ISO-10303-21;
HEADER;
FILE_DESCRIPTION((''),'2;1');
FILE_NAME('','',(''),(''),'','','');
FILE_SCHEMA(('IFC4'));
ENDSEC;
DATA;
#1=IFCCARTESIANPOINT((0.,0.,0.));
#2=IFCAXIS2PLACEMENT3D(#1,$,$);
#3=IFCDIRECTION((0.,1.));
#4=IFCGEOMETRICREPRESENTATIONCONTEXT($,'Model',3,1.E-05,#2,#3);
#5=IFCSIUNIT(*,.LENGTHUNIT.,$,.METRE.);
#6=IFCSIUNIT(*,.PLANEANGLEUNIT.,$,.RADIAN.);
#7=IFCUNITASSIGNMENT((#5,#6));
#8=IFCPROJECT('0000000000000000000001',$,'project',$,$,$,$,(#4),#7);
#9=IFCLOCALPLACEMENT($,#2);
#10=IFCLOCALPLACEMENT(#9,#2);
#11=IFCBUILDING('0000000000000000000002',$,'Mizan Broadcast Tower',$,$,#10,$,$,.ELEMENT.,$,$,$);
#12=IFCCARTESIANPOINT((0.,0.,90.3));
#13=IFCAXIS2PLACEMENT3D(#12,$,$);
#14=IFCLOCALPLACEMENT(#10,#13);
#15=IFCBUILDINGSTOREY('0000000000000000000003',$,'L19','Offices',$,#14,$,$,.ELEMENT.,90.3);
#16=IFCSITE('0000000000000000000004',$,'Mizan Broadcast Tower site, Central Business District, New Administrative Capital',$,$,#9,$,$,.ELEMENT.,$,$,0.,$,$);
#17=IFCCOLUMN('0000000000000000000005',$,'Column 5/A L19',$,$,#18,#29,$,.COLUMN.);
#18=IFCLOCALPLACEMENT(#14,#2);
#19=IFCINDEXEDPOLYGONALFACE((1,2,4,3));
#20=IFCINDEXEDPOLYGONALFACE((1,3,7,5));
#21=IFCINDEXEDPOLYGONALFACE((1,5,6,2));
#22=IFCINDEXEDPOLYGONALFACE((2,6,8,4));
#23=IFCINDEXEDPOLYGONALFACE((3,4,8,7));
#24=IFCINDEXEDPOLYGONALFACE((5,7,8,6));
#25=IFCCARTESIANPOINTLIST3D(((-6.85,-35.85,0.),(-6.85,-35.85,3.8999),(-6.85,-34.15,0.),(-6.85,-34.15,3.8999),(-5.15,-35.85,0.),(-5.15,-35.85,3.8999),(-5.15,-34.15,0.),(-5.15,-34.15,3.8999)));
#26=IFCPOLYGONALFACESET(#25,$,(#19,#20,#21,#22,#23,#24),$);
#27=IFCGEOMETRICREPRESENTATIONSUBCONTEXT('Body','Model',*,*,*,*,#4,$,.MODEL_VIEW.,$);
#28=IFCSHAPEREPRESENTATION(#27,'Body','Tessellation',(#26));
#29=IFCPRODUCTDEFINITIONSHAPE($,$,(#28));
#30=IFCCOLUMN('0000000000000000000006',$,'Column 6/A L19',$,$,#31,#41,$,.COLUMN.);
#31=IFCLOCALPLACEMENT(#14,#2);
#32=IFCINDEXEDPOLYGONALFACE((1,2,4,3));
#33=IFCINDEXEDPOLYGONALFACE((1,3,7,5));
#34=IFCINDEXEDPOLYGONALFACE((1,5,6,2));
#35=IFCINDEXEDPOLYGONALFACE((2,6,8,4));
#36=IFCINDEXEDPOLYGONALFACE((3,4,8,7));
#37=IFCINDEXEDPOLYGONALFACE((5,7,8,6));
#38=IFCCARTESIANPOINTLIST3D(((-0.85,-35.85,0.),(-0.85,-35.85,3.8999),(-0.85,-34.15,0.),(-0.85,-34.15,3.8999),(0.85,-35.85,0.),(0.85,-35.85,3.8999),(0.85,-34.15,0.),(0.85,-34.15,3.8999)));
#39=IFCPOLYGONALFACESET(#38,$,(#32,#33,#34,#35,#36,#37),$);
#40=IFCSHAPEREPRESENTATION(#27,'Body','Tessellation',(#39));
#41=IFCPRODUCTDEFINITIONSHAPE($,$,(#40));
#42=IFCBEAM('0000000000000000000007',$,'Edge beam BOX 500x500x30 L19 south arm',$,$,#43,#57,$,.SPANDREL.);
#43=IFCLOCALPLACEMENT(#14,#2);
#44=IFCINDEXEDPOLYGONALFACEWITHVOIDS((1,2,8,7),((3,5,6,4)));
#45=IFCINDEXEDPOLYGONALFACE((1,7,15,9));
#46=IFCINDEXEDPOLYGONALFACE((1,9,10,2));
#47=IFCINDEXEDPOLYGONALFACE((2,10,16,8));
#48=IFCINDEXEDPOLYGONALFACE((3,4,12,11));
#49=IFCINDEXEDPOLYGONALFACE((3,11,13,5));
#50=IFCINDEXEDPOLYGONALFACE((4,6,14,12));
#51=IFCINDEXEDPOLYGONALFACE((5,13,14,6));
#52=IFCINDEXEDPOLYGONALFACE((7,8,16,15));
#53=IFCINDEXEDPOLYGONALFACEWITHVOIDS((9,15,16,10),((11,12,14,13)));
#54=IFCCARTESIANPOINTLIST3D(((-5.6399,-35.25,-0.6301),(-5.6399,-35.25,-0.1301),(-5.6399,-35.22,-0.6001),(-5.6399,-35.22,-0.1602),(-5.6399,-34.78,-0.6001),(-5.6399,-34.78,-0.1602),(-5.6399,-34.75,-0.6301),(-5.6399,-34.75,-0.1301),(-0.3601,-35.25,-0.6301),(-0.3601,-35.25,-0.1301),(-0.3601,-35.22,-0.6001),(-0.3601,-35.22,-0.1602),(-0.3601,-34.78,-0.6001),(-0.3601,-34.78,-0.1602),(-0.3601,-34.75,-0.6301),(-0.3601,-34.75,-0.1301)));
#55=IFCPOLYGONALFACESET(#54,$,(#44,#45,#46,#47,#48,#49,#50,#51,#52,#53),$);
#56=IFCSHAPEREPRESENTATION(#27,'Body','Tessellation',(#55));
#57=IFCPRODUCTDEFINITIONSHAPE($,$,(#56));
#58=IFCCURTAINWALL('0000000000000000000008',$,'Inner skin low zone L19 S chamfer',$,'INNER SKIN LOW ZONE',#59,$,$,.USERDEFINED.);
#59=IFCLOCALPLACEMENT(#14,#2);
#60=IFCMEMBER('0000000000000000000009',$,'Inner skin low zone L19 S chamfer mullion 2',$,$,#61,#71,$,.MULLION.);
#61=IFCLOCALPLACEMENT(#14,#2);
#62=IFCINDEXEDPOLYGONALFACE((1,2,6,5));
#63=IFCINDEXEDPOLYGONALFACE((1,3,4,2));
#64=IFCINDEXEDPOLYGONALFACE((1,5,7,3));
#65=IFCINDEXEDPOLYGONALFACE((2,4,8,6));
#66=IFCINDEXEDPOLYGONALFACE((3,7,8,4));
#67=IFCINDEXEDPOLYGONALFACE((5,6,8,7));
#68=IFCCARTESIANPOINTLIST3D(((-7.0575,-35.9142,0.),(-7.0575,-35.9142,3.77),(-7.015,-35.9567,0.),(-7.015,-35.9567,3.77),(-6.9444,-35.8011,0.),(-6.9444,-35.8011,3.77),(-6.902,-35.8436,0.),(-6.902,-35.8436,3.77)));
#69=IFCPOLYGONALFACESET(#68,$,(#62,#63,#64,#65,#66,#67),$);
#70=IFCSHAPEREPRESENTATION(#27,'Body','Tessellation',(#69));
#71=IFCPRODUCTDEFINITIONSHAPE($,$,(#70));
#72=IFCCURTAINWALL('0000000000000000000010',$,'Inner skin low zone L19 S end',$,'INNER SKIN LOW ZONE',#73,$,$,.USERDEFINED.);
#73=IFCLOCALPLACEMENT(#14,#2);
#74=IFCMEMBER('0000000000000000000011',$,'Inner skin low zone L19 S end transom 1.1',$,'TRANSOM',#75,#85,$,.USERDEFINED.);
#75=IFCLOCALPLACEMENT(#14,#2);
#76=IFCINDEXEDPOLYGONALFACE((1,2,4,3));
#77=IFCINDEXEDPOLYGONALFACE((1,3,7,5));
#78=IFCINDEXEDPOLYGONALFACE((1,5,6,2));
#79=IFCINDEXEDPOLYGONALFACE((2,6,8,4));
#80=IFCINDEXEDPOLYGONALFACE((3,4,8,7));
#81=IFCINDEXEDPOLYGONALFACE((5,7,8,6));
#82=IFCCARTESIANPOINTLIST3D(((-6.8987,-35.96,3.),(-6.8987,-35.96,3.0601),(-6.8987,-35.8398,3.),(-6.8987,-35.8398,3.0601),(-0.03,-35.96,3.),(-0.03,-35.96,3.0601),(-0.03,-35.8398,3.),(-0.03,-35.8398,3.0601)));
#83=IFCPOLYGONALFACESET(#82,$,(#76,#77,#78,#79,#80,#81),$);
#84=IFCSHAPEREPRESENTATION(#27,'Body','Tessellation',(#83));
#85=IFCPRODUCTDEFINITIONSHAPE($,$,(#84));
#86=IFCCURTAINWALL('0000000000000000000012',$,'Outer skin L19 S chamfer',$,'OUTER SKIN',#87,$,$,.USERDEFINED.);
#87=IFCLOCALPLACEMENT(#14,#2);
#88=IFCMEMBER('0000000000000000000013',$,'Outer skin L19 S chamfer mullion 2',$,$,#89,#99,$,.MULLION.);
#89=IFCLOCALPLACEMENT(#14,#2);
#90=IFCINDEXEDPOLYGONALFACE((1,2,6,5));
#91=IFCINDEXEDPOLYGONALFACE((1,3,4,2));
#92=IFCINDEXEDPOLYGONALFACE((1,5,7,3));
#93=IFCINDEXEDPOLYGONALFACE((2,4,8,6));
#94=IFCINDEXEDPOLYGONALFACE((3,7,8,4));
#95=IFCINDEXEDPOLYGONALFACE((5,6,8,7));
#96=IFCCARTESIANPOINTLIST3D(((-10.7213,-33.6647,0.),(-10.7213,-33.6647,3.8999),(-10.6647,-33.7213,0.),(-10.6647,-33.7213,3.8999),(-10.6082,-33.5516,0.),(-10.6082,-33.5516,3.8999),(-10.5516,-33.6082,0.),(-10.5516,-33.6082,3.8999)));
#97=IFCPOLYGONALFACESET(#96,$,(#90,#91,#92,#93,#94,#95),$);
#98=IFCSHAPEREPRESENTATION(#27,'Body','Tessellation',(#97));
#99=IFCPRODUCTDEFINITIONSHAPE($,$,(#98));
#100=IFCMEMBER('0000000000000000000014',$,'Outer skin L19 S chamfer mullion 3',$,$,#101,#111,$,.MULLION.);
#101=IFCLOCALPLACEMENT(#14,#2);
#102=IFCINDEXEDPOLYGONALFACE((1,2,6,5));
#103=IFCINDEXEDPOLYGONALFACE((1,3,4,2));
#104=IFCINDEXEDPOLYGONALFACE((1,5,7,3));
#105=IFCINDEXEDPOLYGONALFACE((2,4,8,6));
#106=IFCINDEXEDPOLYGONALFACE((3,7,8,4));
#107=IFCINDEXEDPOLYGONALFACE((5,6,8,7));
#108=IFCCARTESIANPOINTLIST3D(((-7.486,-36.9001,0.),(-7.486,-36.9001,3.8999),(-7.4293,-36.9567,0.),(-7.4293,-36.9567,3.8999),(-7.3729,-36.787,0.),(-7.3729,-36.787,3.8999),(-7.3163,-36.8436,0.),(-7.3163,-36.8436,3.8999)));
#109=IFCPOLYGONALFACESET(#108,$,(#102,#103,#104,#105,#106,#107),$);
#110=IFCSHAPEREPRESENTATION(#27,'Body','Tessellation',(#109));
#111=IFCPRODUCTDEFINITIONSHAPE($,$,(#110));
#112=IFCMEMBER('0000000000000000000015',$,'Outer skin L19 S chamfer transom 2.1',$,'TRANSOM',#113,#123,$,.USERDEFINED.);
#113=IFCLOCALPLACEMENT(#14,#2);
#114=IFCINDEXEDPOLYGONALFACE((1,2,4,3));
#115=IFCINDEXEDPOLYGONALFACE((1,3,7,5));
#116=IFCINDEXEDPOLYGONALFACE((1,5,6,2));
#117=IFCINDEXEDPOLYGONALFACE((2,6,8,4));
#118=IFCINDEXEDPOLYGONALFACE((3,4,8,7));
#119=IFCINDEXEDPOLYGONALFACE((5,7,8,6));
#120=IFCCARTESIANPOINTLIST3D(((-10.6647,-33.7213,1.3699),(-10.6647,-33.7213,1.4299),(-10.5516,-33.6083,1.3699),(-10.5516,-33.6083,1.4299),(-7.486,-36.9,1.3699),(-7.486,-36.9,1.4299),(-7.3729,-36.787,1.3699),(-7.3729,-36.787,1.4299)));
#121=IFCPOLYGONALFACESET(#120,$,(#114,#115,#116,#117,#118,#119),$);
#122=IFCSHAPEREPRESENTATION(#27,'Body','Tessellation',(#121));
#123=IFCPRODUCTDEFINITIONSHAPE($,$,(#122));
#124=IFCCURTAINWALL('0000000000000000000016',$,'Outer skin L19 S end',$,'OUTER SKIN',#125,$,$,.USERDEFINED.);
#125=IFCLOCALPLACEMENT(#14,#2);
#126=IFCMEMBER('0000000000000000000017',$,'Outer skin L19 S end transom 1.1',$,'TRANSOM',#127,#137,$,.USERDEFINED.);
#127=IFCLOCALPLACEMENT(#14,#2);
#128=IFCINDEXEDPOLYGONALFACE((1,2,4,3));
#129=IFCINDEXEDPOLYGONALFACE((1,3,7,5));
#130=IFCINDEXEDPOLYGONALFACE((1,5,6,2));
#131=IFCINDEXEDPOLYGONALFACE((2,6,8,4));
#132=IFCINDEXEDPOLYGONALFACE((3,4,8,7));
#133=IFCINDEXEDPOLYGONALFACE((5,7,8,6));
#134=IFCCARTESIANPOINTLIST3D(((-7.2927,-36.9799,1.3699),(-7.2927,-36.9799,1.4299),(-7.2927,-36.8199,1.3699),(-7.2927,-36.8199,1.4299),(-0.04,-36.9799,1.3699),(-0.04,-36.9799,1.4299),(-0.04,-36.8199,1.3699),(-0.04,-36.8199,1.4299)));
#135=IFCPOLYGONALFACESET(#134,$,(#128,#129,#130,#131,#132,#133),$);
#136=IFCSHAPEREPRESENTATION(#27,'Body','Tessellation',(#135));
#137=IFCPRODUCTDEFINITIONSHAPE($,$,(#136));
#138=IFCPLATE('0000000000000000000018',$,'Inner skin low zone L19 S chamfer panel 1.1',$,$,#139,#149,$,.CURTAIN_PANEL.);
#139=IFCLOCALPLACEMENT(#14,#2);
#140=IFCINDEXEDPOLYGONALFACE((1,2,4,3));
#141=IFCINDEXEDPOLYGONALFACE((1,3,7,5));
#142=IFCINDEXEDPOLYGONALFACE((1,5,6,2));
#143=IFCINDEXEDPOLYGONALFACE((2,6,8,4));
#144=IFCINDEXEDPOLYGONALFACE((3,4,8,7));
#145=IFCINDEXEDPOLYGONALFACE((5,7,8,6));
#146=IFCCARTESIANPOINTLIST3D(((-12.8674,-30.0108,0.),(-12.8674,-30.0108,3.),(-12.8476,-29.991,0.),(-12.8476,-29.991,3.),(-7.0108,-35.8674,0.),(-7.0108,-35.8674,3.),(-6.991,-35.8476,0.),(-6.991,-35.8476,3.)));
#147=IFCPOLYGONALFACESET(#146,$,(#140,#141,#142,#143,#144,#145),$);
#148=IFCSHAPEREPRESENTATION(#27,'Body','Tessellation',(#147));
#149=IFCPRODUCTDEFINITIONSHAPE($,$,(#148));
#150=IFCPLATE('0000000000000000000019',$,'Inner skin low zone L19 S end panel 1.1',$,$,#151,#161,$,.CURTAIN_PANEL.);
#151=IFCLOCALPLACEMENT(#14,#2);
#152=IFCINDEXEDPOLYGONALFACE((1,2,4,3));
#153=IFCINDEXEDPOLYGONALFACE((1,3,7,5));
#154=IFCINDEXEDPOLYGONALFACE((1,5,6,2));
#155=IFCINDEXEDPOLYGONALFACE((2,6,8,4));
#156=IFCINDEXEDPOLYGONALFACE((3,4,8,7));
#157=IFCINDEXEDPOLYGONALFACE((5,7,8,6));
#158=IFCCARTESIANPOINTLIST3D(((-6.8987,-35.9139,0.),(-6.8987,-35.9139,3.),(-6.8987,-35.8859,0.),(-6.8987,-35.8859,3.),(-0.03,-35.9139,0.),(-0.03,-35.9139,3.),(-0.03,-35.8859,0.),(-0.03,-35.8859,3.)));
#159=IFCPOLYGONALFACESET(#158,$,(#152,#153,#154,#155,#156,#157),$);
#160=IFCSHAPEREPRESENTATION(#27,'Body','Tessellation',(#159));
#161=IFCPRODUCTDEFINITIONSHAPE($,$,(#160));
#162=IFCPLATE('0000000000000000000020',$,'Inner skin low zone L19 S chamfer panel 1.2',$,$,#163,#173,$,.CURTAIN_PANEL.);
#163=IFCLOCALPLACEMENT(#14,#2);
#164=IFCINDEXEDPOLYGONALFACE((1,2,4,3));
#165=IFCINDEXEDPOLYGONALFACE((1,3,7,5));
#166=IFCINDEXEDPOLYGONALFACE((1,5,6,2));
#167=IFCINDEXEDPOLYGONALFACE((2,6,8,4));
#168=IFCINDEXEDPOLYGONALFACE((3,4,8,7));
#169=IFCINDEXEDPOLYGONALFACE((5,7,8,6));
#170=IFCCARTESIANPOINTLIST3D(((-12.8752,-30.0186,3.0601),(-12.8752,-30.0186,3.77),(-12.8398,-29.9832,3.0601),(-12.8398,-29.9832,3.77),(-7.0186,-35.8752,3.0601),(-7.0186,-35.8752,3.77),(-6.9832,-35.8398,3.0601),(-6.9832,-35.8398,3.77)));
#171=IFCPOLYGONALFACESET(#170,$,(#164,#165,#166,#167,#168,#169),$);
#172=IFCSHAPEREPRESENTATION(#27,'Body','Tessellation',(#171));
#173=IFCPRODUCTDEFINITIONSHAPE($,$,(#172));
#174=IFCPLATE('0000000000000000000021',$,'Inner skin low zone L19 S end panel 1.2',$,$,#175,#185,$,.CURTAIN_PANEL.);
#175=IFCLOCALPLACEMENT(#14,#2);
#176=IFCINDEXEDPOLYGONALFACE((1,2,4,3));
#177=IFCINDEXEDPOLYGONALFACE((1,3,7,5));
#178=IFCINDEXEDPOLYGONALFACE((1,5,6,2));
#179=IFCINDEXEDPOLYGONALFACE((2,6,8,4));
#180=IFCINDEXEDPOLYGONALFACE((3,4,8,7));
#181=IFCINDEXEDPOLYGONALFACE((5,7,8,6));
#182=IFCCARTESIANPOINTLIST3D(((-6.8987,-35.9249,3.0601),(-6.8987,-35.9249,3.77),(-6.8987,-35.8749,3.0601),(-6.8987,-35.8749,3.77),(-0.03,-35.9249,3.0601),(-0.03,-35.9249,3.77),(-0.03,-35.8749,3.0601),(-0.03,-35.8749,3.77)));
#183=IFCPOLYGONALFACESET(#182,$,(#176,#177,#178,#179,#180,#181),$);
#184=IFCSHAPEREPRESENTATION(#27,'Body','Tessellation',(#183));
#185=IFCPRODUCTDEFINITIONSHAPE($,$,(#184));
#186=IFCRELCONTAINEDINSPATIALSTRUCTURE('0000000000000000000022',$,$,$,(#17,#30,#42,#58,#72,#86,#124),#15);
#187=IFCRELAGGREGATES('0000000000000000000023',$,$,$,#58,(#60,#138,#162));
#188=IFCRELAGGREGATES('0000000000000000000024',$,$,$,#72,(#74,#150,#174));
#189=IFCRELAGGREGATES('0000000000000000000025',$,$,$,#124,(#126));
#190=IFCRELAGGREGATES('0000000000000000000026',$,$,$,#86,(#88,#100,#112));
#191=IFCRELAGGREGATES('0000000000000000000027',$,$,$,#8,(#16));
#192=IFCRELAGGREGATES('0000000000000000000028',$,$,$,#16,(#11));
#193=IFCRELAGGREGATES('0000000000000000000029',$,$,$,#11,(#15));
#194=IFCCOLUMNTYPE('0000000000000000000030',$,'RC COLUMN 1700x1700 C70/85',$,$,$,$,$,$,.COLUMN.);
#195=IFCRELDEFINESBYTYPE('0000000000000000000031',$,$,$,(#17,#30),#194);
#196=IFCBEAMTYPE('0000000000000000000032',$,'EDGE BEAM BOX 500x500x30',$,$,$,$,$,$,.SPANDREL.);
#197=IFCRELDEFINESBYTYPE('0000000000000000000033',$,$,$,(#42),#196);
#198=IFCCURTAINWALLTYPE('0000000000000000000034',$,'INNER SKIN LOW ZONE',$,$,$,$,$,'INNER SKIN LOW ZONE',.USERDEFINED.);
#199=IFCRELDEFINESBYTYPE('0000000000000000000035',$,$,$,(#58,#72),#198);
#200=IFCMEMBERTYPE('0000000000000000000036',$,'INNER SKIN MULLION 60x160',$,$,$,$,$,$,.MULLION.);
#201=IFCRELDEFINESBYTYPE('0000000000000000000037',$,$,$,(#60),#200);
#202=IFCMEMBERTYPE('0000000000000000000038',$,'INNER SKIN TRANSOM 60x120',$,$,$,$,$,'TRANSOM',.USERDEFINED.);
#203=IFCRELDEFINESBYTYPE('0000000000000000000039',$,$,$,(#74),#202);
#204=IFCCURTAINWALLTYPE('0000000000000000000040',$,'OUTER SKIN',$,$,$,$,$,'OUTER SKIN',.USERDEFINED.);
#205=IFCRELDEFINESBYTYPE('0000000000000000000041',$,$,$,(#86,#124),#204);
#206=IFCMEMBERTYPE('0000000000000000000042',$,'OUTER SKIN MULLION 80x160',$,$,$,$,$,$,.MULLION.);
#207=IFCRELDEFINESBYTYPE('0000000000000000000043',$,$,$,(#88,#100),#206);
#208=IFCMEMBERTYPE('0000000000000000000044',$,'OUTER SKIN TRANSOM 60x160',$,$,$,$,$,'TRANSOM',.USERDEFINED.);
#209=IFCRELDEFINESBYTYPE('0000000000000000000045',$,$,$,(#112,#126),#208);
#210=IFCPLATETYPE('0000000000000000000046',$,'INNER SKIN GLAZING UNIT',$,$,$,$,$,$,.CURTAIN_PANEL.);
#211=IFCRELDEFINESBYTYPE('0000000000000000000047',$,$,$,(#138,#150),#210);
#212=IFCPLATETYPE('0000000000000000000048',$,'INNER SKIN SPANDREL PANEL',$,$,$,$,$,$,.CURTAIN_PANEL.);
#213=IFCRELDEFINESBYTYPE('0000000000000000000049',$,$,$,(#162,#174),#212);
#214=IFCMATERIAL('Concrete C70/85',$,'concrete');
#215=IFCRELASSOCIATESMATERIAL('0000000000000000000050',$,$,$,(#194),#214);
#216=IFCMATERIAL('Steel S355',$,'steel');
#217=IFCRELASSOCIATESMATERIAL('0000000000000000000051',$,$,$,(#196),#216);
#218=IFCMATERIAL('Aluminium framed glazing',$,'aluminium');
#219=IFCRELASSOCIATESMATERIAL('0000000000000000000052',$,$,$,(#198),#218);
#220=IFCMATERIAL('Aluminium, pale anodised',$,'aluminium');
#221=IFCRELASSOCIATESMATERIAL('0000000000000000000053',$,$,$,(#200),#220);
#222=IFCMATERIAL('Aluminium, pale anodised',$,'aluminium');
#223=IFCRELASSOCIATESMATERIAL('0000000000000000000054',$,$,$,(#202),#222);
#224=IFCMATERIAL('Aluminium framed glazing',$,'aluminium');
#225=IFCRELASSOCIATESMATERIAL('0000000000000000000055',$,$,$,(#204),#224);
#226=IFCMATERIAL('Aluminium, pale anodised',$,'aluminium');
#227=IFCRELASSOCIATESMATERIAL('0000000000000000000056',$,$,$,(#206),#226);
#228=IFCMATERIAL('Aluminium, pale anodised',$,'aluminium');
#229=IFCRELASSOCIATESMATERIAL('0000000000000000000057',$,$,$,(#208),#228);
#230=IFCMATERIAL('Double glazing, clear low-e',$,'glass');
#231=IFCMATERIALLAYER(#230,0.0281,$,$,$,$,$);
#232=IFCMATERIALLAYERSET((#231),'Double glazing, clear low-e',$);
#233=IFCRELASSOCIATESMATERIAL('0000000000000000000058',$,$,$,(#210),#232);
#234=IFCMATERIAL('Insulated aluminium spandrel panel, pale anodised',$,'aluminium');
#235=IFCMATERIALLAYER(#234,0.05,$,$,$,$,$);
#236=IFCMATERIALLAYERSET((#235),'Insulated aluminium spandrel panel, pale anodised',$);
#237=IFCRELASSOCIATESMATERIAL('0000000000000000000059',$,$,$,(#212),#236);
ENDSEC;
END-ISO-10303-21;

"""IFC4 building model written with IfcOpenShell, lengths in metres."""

from ifc_helpers import new_model, si_unit, direction, frame, origin, origin_2d, place, context, subcontext, project, spatial, rectangle, hollow_rectangle, extrude, material, layer, layer_set, material_profile, profile_set, type_object, element, aggregate, save


model = new_model("IFC4")

# Units and contexts
model_context = context("Model", 3, precision=1e-05, world=origin(), true_north=direction((0.0, 1.0)))
body_context = subcontext(model_context, "Body", "Model", "MODEL_VIEW")
ifc_project = project(units=[si_unit("LENGTHUNIT", "METRE"), si_unit("PLANEANGLEUNIT", "RADIAN")], contexts=[model_context])

# Site, building, storey
site_placement = place(None, origin())
site = spatial("IfcSite", under=ifc_project, at=site_placement, Name="Mizan Broadcast Tower site, Central Business District, New Administrative Capital", CompositionType="ELEMENT", RefElevation=0.0)
building_placement = place(site_placement, origin())
building = spatial("IfcBuilding", under=site, at=building_placement, Name="Mizan Broadcast Tower", CompositionType="ELEMENT")
storey_placement = place(building_placement, frame((0.0, 0.0, 90.3)))
storey = spatial("IfcBuildingStorey", under=building, at=storey_placement, Name="L19", Description="Offices", CompositionType="ELEMENT", Elevation=90.3)

# Columns
ifc_material_1 = material(Name="Concrete C70/85", Category="concrete")
ifc_material_profile_1 = material_profile(ifc_material_1, rectangle(XDim=1.7, YDim=1.7, at=origin_2d()), Name="RC 1700x1700")
ifc_profile_set_1 = profile_set([ifc_material_profile_1], Name="Concrete C70/85")
column_type = type_object("IfcColumnType", Name="RC COLUMN 1700x1700 C70/85", PredefinedType="COLUMN", material=ifc_profile_set_1)
for number, where, z_axis, x_axis, name in (
    (1, (-6.0, -35.0, 0.0), (0.0, 0.0, 1.0), (1.0, 0.0, 0.0), "Column 5/A L19"),
    (2, (0.0, -35.0, 0.0), (0.0, 0.0, 1.0), (1.0, 0.0, 0.0), "Column 6/A L19"),
):
    element("IfcColumn", number, at=place(storey_placement, frame(where, z_axis=z_axis, x_axis=x_axis)), inside=storey, type_object=column_type, Name=name, PredefinedType="COLUMN", context=body_context, shape_type="SweptSolid", body=[
        extrude(rectangle(XDim=1.7, YDim=1.7, at=origin_2d()), origin(), (0.0, 0.0, 1.0), 3.8999),
    ])

# Beam
ifc_material_2 = material(Name="Steel S355", Category="steel")
ifc_material_profile_2 = material_profile(ifc_material_2, hollow_rectangle(XDim=0.5, YDim=0.5, WallThickness=0.03, at=origin_2d()), Name="BOX 500x500x30")
ifc_profile_set_2 = profile_set([ifc_material_profile_2], Name="Steel S355")
beam_type = type_object("IfcBeamType", Name="EDGE BEAM BOX 500x500x30", PredefinedType="SPANDREL", material=ifc_profile_set_2)
beam_placement = place(storey_placement, frame((-5.6399, -35.0, -0.3801), z_axis=(1.0, 0.0, 0.0), x_axis=(0.0, 1.0, 0.0)))
element("IfcBeam", 3, at=beam_placement, inside=storey, type_object=beam_type, Name="Edge beam BOX 500x500x30 L19 south arm", PredefinedType="SPANDREL", context=body_context, shape_type="SweptSolid", body=[
    extrude(hollow_rectangle(XDim=0.5, YDim=0.5, WallThickness=0.03, at=origin_2d()), origin(), (0.0, 0.0, 1.0), 5.2798),
])

# Curtain walls, members
ifc_material_3 = material(Name="Aluminium framed glazing", Category="aluminium")
curtain_wall_type_1 = type_object("IfcCurtainWallType", Name="INNER SKIN LOW ZONE", ElementType="INNER SKIN LOW ZONE", PredefinedType="USERDEFINED", material=ifc_material_3)
curtain_wall_1_placement = place(storey_placement, origin())
curtain_wall_1 = element("IfcCurtainWall", 4, at=curtain_wall_1_placement, inside=storey, type_object=curtain_wall_type_1, Name="Inner skin low zone L19 S chamfer", ObjectType="INNER SKIN LOW ZONE", PredefinedType="USERDEFINED")
ifc_material_4 = material(Name="Aluminium, pale anodised", Category="aluminium")
ifc_material_profile_3 = material_profile(ifc_material_4, rectangle(XDim=0.1599, YDim=0.0601, at=origin_2d()), Name="MULLION 160x60")
ifc_profile_set_3 = profile_set([ifc_material_profile_3], Name="Aluminium, pale anodised")
member_type_1 = type_object("IfcMemberType", Name="INNER SKIN MULLION 60x160", PredefinedType="MULLION", material=ifc_profile_set_3)
member_1_placement = place(storey_placement, frame((-6.9797, -35.8789, 0.0), z_axis=(0.0, 0.0, 1.0), x_axis=(0.707107, 0.707107, 0.0)))
member_1 = element("IfcMember", 5, at=member_1_placement, type_object=member_type_1, Name="Inner skin low zone L19 S chamfer mullion 2", PredefinedType="MULLION", context=body_context, shape_type="SweptSolid", body=[
    extrude(rectangle(XDim=0.1599, YDim=0.0601, at=origin_2d()), origin(), (0.0, 0.0, 1.0), 3.77),
])
curtain_wall_2_placement = place(storey_placement, origin())
curtain_wall_2 = element("IfcCurtainWall", 6, at=curtain_wall_2_placement, inside=storey, type_object=curtain_wall_type_1, Name="Inner skin low zone L19 S end", ObjectType="INNER SKIN LOW ZONE", PredefinedType="USERDEFINED")
ifc_material_5 = material(Name="Aluminium, pale anodised", Category="aluminium")
ifc_material_profile_4 = material_profile(ifc_material_5, rectangle(XDim=0.1201, YDim=0.0601, at=origin_2d()), Name="TRANSOM 120x60")
ifc_profile_set_4 = profile_set([ifc_material_profile_4], Name="Aluminium, pale anodised")
member_type_2 = type_object("IfcMemberType", Name="INNER SKIN TRANSOM 60x120", ElementType="TRANSOM", PredefinedType="USERDEFINED", material=ifc_profile_set_4)
member_2_placement = place(storey_placement, frame((-6.8987, -35.8999, 3.03), z_axis=(1.0, 0.0, 0.0), x_axis=(0.0, 1.0, 0.0)))
member_2 = element("IfcMember", 7, at=member_2_placement, type_object=member_type_2, Name="Inner skin low zone L19 S end transom 1.1", ObjectType="TRANSOM", PredefinedType="USERDEFINED", context=body_context, shape_type="SweptSolid", body=[
    extrude(rectangle(XDim=0.1201, YDim=0.0601, at=origin_2d()), origin(), (0.0, 0.0, 1.0), 6.8687),
])

# Curtain wall, members
ifc_material_6 = material(Name="Aluminium framed glazing", Category="aluminium")
curtain_wall_type_2 = type_object("IfcCurtainWallType", Name="OUTER SKIN", ElementType="OUTER SKIN", PredefinedType="USERDEFINED", material=ifc_material_6)
curtain_wall_3_placement = place(storey_placement, origin())
curtain_wall_3 = element("IfcCurtainWall", 8, at=curtain_wall_3_placement, inside=storey, type_object=curtain_wall_type_2, Name="Outer skin L19 S chamfer", ObjectType="OUTER SKIN", PredefinedType="USERDEFINED")
ifc_material_7 = material(Name="Aluminium, pale anodised", Category="aluminium")
ifc_material_profile_5 = material_profile(ifc_material_7, rectangle(XDim=0.1599, YDim=0.0801, at=origin_2d()), Name="MULLION 160x80")
ifc_profile_set_5 = profile_set([ifc_material_profile_5], Name="Aluminium, pale anodised")
member_type_3 = type_object("IfcMemberType", Name="OUTER SKIN MULLION 80x160", PredefinedType="MULLION", material=ifc_profile_set_5)
member_3_placement = place(storey_placement, frame((-10.6365, -33.6365, 0.0), z_axis=(0.0, 0.0, 1.0), x_axis=(0.707107, 0.707107, 0.0)))
member_3 = element("IfcMember", 9, at=member_3_placement, type_object=member_type_3, Name="Outer skin L19 S chamfer mullion 2", PredefinedType="MULLION", context=body_context, shape_type="SweptSolid", body=[
    extrude(rectangle(XDim=0.1599, YDim=0.0801, at=origin_2d()), origin(), (0.0, 0.0, 1.0), 3.8999),
])
member_4_placement = place(storey_placement, frame((-7.4011, -36.8718, 0.0), z_axis=(0.0, 0.0, 1.0), x_axis=(0.707107, 0.707107, 0.0)))
member_4 = element("IfcMember", 10, at=member_4_placement, type_object=member_type_3, Name="Outer skin L19 S chamfer mullion 3", PredefinedType="MULLION", context=body_context, shape_type="SweptSolid", body=[
    extrude(rectangle(XDim=0.1599, YDim=0.0801, at=origin_2d()), origin(), (0.0, 0.0, 1.0), 3.8999),
])
ifc_material_8 = material(Name="Aluminium, pale anodised", Category="aluminium")
ifc_material_profile_6 = material_profile(ifc_material_8, rectangle(XDim=0.1599, YDim=0.0601, at=origin_2d()), Name="TRANSOM 160x60")
ifc_profile_set_6 = profile_set([ifc_material_profile_6], Name="Aluminium, pale anodised")
member_type_4 = type_object("IfcMemberType", Name="OUTER SKIN TRANSOM 60x160", ElementType="TRANSOM", PredefinedType="USERDEFINED", material=ifc_profile_set_6)
member_5_placement = place(storey_placement, frame((-10.6082, -33.6648, 1.3999), z_axis=(0.707107, -0.707107, 0.0), x_axis=(0.707107, 0.707107, 0.0)))
member_5 = element("IfcMember", 11, at=member_5_placement, type_object=member_type_4, Name="Outer skin L19 S chamfer transom 2.1", ObjectType="TRANSOM", PredefinedType="USERDEFINED", context=body_context, shape_type="SweptSolid", body=[
    extrude(rectangle(XDim=0.1599, YDim=0.0601, at=origin_2d()), origin(), (0.0, 0.0, 1.0), 4.4954),
])

# Curtain wall, member
curtain_wall_4_placement = place(storey_placement, origin())
curtain_wall_4 = element("IfcCurtainWall", 12, at=curtain_wall_4_placement, inside=storey, type_object=curtain_wall_type_2, Name="Outer skin L19 S end", ObjectType="OUTER SKIN", PredefinedType="USERDEFINED")
member_6_placement = place(storey_placement, frame((-7.2927, -36.8999, 1.3999), z_axis=(1.0, 0.0, 0.0), x_axis=(0.0, 1.0, 0.0)))
member_6 = element("IfcMember", 13, at=member_6_placement, type_object=member_type_4, Name="Outer skin L19 S end transom 1.1", ObjectType="TRANSOM", PredefinedType="USERDEFINED", context=body_context, shape_type="SweptSolid", body=[
    extrude(rectangle(XDim=0.1599, YDim=0.0601, at=origin_2d()), origin(), (0.0, 0.0, 1.0), 7.2527),
])

# Plates
ifc_material_9 = material(Name="Double glazing, clear low-e", Category="glass")
ifc_layer_1 = layer(ifc_material_9, 0.0281)
ifc_layer_set_1 = layer_set([ifc_layer_1], Name="Double glazing, clear low-e")
plate_type_1 = type_object("IfcPlateType", Name="INNER SKIN GLAZING UNIT", PredefinedType="CURTAIN_PANEL", material=ifc_layer_set_1)
plate_1_placement = place(storey_placement, frame((-9.9292, -32.9292, 0.0), z_axis=(0.0, 0.0, 1.0), x_axis=(0.707107, -0.707107, 0.0)))
plate_1 = element("IfcPlate", 14, at=plate_1_placement, type_object=plate_type_1, Name="Inner skin low zone L19 S chamfer panel 1.1", PredefinedType="CURTAIN_PANEL", context=body_context, shape_type="SweptSolid", body=[
    extrude(rectangle(XDim=8.2825, YDim=0.0281, at=origin_2d()), origin(), (0.0, 0.0, 1.0), 3.0),
])
plate_2_placement = place(storey_placement, frame((-3.4644, -35.8999, 0.0), z_axis=(0.0, 0.0, 1.0), x_axis=(1.0, 0.0, 0.0)))
plate_2 = element("IfcPlate", 15, at=plate_2_placement, type_object=plate_type_1, Name="Inner skin low zone L19 S end panel 1.1", PredefinedType="CURTAIN_PANEL", context=body_context, shape_type="SweptSolid", body=[
    extrude(rectangle(XDim=6.8687, YDim=0.0281, at=origin_2d()), origin(), (0.0, 0.0, 1.0), 3.0),
])
ifc_material_10 = material(Name="Insulated aluminium spandrel panel, pale anodised", Category="aluminium")
ifc_layer_2 = layer(ifc_material_10, 0.05)
ifc_layer_set_2 = layer_set([ifc_layer_2], Name="Insulated aluminium spandrel panel, pale anodised")
plate_type_2 = type_object("IfcPlateType", Name="INNER SKIN SPANDREL PANEL", PredefinedType="CURTAIN_PANEL", material=ifc_layer_set_2)
plate_3_placement = place(storey_placement, frame((-9.9292, -32.9292, 3.0601), z_axis=(0.0, 0.0, 1.0), x_axis=(0.707107, -0.707107, 0.0)))
plate_3 = element("IfcPlate", 16, at=plate_3_placement, type_object=plate_type_2, Name="Inner skin low zone L19 S chamfer panel 1.2", PredefinedType="CURTAIN_PANEL", context=body_context, shape_type="SweptSolid", body=[
    extrude(rectangle(XDim=8.2825, YDim=0.05, at=origin_2d()), origin(), (0.0, 0.0, 1.0), 0.71),
])
aggregate(curtain_wall_1, [member_1, plate_1, plate_3])
plate_4_placement = place(storey_placement, frame((-3.4644, -35.8999, 3.0601), z_axis=(0.0, 0.0, 1.0), x_axis=(1.0, 0.0, 0.0)))
plate_4 = element("IfcPlate", 17, at=plate_4_placement, type_object=plate_type_2, Name="Inner skin low zone L19 S end panel 1.2", PredefinedType="CURTAIN_PANEL", context=body_context, shape_type="SweptSolid", body=[
    extrude(rectangle(XDim=6.8687, YDim=0.05, at=origin_2d()), origin(), (0.0, 0.0, 1.0), 0.71),
])
aggregate(curtain_wall_2, [member_2, plate_2, plate_4])
aggregate(curtain_wall_4, [member_6])
aggregate(curtain_wall_3, [member_3, member_4, member_5])

save(model, "model.ifc")
